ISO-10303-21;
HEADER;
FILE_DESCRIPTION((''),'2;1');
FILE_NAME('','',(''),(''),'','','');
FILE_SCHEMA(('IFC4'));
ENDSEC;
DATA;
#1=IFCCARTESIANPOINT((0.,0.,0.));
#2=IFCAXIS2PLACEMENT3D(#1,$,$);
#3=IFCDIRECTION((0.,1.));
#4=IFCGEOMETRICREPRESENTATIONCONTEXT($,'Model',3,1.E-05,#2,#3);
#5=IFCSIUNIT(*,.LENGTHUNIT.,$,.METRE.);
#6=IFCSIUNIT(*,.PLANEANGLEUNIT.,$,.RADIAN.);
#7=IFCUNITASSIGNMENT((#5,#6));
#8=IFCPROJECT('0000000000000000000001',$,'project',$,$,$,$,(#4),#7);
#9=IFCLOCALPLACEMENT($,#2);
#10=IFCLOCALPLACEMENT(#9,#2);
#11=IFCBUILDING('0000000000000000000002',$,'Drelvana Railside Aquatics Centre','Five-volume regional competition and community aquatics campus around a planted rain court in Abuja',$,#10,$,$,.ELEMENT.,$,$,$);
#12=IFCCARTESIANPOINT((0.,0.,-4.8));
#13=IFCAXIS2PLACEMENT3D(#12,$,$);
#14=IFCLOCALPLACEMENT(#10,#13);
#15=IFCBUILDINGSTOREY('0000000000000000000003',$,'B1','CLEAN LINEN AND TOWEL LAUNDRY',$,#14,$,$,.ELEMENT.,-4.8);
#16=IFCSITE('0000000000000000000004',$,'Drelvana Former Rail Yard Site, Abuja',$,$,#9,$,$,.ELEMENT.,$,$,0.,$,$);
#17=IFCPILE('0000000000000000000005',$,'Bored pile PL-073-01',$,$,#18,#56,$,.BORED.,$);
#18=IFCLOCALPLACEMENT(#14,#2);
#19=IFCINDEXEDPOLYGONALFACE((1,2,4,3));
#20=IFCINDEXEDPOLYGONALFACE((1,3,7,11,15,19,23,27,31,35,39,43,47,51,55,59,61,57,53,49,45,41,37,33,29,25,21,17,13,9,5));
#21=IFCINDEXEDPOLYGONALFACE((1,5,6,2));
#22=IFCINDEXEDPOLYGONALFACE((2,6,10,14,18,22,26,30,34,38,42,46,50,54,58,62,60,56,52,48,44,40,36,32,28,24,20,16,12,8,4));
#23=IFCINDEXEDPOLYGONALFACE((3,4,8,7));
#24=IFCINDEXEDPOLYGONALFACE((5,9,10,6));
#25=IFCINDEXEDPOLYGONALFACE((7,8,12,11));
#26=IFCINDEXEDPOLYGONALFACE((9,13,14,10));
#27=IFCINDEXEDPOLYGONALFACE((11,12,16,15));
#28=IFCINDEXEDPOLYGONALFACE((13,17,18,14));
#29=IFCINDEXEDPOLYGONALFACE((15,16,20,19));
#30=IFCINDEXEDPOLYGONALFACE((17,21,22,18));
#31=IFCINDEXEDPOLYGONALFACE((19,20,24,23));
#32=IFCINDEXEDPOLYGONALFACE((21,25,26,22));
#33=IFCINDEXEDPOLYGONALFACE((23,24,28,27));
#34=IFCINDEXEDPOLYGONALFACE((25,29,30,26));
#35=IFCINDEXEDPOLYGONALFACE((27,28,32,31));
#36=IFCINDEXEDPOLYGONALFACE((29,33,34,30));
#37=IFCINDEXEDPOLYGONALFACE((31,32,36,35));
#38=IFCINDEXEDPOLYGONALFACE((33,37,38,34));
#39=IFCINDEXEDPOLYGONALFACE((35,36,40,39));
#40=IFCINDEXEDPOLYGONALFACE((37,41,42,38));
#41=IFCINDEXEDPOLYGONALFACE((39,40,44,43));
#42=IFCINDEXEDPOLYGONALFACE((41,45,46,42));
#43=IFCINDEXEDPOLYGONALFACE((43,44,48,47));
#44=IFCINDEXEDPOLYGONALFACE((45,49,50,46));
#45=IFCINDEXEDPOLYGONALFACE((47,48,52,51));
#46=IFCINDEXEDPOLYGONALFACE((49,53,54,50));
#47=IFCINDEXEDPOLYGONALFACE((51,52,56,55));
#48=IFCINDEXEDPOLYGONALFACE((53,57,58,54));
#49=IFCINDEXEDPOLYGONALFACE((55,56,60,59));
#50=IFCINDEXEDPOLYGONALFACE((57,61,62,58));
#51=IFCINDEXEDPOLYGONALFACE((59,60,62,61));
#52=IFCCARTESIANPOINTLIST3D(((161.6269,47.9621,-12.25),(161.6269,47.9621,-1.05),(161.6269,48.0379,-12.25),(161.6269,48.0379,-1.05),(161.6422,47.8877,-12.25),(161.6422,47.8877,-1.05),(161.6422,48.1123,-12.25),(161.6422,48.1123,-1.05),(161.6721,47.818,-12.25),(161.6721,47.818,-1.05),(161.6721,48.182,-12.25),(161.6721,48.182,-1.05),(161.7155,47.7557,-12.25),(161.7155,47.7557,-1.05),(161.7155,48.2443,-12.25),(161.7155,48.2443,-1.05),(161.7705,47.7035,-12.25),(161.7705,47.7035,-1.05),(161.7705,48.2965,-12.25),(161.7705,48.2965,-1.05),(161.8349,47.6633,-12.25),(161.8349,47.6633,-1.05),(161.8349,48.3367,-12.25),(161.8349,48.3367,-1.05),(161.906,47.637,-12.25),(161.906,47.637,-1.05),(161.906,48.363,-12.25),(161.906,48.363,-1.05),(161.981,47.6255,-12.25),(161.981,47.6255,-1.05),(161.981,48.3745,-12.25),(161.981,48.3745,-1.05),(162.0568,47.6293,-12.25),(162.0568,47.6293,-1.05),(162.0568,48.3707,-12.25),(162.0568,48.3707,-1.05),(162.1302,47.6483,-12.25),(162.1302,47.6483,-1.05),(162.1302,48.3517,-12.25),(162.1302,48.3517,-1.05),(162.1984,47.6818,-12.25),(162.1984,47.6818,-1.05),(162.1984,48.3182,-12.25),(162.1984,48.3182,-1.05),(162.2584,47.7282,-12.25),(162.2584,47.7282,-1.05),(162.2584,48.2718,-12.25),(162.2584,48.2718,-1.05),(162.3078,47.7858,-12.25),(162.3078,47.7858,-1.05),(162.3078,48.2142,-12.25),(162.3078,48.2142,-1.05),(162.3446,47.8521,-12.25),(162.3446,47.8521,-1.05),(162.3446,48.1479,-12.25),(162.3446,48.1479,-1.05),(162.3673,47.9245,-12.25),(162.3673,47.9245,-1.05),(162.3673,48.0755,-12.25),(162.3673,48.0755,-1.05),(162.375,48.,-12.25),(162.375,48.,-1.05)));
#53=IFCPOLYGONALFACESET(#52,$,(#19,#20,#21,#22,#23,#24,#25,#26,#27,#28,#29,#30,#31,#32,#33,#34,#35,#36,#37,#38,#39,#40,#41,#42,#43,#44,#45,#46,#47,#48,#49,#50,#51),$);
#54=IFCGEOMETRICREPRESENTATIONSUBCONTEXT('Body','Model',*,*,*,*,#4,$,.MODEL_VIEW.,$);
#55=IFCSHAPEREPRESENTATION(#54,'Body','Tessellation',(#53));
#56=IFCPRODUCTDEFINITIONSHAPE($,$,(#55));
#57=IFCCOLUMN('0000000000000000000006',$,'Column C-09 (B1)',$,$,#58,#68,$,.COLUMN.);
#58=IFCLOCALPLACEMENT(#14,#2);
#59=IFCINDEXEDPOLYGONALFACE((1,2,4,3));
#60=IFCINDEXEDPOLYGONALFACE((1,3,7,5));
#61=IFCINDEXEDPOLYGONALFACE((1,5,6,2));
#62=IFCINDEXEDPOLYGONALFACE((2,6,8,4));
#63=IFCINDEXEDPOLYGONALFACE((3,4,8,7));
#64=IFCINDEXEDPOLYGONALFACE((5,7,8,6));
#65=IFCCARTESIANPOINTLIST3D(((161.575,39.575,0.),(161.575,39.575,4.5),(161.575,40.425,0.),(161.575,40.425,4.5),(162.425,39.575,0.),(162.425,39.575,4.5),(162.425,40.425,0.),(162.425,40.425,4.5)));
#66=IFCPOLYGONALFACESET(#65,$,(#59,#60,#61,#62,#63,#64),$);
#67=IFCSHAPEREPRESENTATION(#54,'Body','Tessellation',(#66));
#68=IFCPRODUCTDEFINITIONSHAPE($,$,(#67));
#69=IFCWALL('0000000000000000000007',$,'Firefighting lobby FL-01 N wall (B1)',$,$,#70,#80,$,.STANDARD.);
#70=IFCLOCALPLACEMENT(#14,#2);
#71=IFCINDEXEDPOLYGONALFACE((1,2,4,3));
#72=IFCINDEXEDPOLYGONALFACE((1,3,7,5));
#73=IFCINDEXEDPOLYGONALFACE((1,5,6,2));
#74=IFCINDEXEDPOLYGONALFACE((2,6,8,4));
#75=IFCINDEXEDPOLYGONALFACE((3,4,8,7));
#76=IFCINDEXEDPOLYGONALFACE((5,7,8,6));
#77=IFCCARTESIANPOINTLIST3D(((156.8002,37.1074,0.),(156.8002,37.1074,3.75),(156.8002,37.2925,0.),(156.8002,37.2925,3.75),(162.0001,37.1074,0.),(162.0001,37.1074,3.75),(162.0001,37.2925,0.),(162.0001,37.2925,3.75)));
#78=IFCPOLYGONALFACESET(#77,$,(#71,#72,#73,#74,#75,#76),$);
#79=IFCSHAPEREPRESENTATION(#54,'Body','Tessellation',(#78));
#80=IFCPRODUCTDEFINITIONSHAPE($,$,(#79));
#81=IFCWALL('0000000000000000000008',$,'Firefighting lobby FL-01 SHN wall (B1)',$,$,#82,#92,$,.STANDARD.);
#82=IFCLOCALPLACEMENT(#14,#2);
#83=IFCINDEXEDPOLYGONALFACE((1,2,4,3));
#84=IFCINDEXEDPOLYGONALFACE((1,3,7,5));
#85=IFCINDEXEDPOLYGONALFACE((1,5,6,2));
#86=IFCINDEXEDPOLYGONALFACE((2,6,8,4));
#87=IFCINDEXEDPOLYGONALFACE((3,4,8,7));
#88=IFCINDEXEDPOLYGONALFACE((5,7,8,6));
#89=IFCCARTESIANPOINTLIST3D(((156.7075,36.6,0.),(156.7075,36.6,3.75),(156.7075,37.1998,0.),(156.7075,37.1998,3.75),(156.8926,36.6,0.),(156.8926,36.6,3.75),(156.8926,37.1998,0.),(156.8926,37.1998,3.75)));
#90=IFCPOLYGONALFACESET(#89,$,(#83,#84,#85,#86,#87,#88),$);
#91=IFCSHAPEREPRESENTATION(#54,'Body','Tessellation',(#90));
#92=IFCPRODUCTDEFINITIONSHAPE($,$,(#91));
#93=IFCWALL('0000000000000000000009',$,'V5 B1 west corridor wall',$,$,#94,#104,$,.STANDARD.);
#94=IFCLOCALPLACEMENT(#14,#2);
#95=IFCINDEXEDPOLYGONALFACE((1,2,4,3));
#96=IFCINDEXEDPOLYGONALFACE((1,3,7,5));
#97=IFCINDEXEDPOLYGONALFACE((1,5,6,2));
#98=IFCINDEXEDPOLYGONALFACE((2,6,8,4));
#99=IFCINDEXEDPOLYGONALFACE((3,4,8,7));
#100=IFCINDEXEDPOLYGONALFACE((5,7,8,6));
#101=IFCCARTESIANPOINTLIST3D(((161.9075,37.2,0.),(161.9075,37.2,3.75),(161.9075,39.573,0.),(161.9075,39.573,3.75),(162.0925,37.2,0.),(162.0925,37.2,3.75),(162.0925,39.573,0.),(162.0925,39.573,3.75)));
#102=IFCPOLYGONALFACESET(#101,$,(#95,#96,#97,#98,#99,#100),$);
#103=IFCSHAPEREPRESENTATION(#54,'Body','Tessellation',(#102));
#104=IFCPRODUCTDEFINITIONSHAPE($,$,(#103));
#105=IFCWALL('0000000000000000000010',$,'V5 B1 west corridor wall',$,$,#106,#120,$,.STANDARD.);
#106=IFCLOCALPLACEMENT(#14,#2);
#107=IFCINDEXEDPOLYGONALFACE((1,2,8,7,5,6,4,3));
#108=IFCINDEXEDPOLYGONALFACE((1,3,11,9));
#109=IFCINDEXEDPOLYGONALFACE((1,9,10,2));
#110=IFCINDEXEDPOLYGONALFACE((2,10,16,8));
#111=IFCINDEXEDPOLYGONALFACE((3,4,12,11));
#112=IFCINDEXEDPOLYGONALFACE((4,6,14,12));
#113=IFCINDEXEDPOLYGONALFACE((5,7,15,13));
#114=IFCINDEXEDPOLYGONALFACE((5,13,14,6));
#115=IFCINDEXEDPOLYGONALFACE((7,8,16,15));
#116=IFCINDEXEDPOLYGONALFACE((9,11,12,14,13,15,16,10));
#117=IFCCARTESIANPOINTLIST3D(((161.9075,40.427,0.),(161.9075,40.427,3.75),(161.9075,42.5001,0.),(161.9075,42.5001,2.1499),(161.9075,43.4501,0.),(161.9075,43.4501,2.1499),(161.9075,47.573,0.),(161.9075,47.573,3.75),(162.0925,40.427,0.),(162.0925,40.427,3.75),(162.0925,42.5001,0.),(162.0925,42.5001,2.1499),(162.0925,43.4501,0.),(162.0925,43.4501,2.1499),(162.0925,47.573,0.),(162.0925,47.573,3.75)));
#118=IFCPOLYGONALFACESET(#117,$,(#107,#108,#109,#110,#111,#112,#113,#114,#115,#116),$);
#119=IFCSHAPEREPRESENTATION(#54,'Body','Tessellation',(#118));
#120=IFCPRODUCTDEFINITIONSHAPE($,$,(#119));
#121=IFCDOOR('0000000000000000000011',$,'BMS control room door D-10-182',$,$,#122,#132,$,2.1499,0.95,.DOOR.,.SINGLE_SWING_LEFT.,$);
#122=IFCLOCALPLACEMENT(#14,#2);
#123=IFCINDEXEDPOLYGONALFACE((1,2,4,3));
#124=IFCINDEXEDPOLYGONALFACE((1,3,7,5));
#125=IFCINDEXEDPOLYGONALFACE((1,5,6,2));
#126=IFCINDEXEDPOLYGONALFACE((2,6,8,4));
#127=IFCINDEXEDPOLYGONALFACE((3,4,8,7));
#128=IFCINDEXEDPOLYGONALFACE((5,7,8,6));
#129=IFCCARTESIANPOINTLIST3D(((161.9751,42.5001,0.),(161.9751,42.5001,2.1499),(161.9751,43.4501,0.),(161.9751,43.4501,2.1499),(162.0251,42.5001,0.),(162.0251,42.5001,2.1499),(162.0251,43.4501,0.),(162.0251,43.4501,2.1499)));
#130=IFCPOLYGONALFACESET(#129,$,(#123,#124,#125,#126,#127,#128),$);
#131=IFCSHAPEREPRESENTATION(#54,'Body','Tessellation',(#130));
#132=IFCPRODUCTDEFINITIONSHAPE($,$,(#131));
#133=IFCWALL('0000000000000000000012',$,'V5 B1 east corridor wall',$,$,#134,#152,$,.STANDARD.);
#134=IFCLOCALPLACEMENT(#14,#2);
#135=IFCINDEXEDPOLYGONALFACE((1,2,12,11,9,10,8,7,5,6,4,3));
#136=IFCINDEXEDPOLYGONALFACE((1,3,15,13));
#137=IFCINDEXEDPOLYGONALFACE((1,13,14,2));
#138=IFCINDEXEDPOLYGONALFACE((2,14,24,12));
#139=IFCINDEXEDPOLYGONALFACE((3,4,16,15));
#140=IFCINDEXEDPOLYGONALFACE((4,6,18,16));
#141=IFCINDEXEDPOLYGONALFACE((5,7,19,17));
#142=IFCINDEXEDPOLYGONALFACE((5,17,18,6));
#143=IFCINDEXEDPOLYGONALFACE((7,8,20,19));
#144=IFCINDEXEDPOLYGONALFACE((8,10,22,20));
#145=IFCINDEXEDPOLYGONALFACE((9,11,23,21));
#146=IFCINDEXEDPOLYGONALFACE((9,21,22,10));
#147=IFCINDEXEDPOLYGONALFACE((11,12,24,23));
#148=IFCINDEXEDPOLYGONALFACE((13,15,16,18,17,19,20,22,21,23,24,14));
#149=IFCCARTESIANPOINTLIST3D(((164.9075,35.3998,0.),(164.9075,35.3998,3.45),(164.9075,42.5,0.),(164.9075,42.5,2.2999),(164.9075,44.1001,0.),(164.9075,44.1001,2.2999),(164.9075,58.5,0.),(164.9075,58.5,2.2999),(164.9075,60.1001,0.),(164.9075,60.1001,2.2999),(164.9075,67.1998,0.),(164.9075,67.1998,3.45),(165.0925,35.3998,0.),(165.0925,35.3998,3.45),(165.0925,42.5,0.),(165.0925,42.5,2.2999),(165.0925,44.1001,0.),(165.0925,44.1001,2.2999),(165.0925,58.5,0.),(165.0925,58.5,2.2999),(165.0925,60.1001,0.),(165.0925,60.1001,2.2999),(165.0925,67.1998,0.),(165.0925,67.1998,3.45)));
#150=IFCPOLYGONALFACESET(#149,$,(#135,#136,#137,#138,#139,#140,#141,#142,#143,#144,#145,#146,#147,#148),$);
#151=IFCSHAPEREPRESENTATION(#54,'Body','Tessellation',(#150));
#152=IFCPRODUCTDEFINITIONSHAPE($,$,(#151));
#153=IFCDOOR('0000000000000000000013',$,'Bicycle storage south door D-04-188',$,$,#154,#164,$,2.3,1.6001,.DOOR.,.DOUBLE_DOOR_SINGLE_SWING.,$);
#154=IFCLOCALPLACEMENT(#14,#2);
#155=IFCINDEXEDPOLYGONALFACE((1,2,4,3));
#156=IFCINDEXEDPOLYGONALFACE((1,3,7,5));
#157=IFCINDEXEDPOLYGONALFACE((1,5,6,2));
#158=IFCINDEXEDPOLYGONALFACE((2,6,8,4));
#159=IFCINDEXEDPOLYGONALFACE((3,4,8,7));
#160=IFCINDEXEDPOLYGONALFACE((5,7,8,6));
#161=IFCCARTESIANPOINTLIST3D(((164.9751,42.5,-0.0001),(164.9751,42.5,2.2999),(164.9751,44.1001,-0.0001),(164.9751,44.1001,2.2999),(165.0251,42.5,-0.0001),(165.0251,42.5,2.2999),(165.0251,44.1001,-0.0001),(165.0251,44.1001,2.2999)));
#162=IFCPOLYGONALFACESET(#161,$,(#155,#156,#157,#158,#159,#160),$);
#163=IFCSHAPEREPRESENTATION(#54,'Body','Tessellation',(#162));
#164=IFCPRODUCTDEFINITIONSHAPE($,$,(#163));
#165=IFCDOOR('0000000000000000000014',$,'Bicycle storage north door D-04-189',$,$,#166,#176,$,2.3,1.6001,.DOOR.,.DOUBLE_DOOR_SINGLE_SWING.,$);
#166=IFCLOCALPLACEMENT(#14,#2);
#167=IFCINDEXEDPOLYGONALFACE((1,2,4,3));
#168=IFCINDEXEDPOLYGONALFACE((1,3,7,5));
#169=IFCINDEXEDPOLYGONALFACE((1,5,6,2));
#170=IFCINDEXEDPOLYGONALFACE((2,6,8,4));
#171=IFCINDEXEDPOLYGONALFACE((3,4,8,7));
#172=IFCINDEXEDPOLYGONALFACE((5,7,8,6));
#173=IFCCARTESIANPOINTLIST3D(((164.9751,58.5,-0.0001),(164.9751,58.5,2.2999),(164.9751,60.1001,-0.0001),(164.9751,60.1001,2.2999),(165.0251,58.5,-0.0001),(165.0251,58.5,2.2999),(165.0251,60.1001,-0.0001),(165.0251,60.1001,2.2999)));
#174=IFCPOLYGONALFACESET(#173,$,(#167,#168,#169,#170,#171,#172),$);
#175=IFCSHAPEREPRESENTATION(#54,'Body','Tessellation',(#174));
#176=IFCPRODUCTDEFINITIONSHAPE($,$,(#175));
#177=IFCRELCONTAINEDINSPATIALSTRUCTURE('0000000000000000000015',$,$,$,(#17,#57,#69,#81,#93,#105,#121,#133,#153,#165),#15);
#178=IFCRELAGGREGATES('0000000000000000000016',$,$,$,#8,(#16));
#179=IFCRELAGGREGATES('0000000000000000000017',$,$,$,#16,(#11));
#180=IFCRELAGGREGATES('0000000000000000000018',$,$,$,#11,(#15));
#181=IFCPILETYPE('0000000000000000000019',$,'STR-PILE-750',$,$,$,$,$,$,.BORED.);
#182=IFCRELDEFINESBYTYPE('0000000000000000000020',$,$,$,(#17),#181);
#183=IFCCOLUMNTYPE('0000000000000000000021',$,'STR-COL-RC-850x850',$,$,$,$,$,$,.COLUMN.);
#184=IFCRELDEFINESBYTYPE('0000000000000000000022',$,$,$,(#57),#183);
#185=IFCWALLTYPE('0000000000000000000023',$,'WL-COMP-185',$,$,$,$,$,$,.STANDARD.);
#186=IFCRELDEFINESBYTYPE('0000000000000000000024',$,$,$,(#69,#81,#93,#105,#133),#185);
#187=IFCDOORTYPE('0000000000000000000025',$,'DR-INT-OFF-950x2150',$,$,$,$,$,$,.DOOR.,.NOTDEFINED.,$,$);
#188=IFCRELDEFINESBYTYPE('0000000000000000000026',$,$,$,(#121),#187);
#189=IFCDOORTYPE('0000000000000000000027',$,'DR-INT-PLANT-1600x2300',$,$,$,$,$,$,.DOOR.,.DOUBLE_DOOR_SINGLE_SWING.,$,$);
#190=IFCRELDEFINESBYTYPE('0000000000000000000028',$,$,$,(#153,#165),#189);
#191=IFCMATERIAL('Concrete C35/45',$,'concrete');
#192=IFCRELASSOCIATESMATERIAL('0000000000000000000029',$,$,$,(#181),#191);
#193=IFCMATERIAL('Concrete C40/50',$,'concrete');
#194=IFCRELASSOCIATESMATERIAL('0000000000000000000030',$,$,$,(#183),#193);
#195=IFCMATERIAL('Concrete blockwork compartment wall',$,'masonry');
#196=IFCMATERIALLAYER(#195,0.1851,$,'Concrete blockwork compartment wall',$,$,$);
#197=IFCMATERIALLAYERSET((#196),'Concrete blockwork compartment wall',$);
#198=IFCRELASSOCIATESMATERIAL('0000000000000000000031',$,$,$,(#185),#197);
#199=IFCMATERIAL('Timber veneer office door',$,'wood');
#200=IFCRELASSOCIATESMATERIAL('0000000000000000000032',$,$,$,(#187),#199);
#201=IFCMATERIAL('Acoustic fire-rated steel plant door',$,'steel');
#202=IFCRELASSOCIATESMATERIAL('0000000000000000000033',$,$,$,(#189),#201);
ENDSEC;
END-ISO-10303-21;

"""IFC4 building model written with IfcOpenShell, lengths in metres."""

from ifc_helpers import new_model, si_unit, direction, frame, frame_2d, origin, origin_2d, place, context, subcontext, project, spatial, rectangle, circle, extrude, material, layer, layer_set, material_profile, profile_set, type_object, element, fill, save


model = new_model("IFC4")

# Units and contexts
model_context = context("Model", 3, precision=1e-05, world=origin(), true_north=direction((0.0, 1.0)))
body_context = subcontext(model_context, "Body", "Model", "MODEL_VIEW")
ifc_project = project(units=[si_unit("LENGTHUNIT", "METRE"), si_unit("PLANEANGLEUNIT", "RADIAN")], contexts=[model_context])

# Site, building, storey
site_placement = place(None, origin())
site = spatial("IfcSite", under=ifc_project, at=site_placement, Name="Drelvana Former Rail Yard Site, Abuja", CompositionType="ELEMENT", RefElevation=0.0)
building_placement = place(site_placement, origin())
building = spatial("IfcBuilding", under=site, at=building_placement, Name="Drelvana Railside Aquatics Centre", Description="Five-volume regional competition and community aquatics campus around a planted rain court in Abuja", CompositionType="ELEMENT")
storey_placement = place(building_placement, frame((0.0, 0.0, -4.8)))
storey = spatial("IfcBuildingStorey", under=building, at=storey_placement, Name="B1", Description="CLEAN LINEN AND TOWEL LAUNDRY", CompositionType="ELEMENT", Elevation=-4.8)

# Shared definitions
ifc_material_1 = material(Name="Concrete C35/45", Category="concrete")

# Pile
ifc_material_profile_1 = material_profile(ifc_material_1, circle(Radius=0.375, at=origin_2d()), Name="PILE D750")
ifc_profile_set_1 = profile_set([ifc_material_profile_1], Name="Concrete C35/45")
pile_type_1 = type_object("IfcPileType", Name="STR-PILE-750", PredefinedType="BORED", material=ifc_profile_set_1)
for number, where, z_axis, x_axis, name in (
    (1, (162.0, 48.0, -1.05), (0.0, 0.0, -1.0), (1.0, 0.0, 0.0), "Bored pile PL-073-01"),
):
    element("IfcPile", number, at=place(storey_placement, frame(where, z_axis=z_axis, x_axis=x_axis)), inside=storey, type_object=pile_type_1, Name=name, PredefinedType="BORED", context=body_context, shape_type="SweptSolid", body=[
        extrude(circle(Radius=0.375, at=origin_2d()), origin(), (0.0, 0.0, 1.0), 11.2),
    ])

# Column
ifc_material_2 = material(Name="Concrete C40/50", Category="concrete")
ifc_material_profile_2 = material_profile(ifc_material_2, rectangle(XDim=0.8501, YDim=0.8501, at=origin_2d()), Name="RC 850x850")
ifc_profile_set_2 = profile_set([ifc_material_profile_2], Name="Concrete C40/50")
column_type = type_object("IfcColumnType", Name="STR-COL-RC-850x850", PredefinedType="COLUMN", material=ifc_profile_set_2)
column_placement = place(storey_placement, frame((162.0, 40.0, 0.0), z_axis=(0.0, 0.0, 1.0), x_axis=(1.0, 0.0, 0.0)))
element("IfcColumn", 2, at=column_placement, inside=storey, type_object=column_type, Name="Column C-09 (B1)", PredefinedType="COLUMN", context=body_context, shape_type="SweptSolid", body=[
    extrude(rectangle(XDim=0.8501, YDim=0.8501, at=origin_2d()), origin(), (0.0, 0.0, 1.0), 4.5),
])

# Walls
ifc_material_3 = material(Name="Concrete blockwork compartment wall", Category="masonry")
ifc_layer_1 = layer(ifc_material_3, 0.1851, Name="Concrete blockwork compartment wall")
ifc_layer_set_1 = layer_set([ifc_layer_1], Name="Concrete blockwork compartment wall")
wall_type_1 = type_object("IfcWallType", Name="WL-COMP-185", PredefinedType="STANDARD", material=ifc_layer_set_1)
wall_1_placement = place(storey_placement, frame((156.8, 37.2, 0.0), z_axis=(0.0, 0.0, 1.0), x_axis=(1.0, 0.0, 0.0)))
element("IfcWall", 3, at=wall_1_placement, inside=storey, type_object=wall_type_1, Name="Firefighting lobby FL-01 N wall (B1)", PredefinedType="STANDARD", context=body_context, shape_type="SweptSolid", body=[
    extrude(rectangle(XDim=5.2, YDim=0.1851, at=frame_2d((2.6001, 0.0))), origin(), (0.0, 0.0, 1.0), 3.75),
])
wall_2_placement = place(storey_placement, frame((156.8, 36.6001, 0.0), z_axis=(0.0, 0.0, 1.0), x_axis=(0.0, 1.0, 0.0)))
element("IfcWall", 4, at=wall_2_placement, inside=storey, type_object=wall_type_1, Name="Firefighting lobby FL-01 SHN wall (B1)", PredefinedType="STANDARD", context=body_context, shape_type="SweptSolid", body=[
    extrude(rectangle(XDim=0.5999, YDim=0.1851, at=frame_2d((0.2998, 0.0))), origin(), (0.0, 0.0, 1.0), 3.75),
])
wall_3_placement = place(storey_placement, frame((162.0, 37.2, 0.0), z_axis=(0.0, 0.0, 1.0), x_axis=(0.0, 1.0, 0.0)))
element("IfcWall", 5, at=wall_3_placement, inside=storey, type_object=wall_type_1, Name="V5 B1 west corridor wall", PredefinedType="STANDARD", context=body_context, shape_type="SweptSolid", body=[
    extrude(rectangle(XDim=2.373, YDim=0.1851, at=frame_2d((1.1865, 0.0))), origin(), (0.0, 0.0, 1.0), 3.75),
])

# Wall, opening, door
wall_4_placement = place(storey_placement, frame((162.0, 40.427, 0.0), z_axis=(0.0, 0.0, 1.0), x_axis=(0.0, 1.0, 0.0)))
wall_4 = element("IfcWall", 6, at=wall_4_placement, inside=storey, type_object=wall_type_1, Name="V5 B1 west corridor wall", PredefinedType="STANDARD", context=body_context, shape_type="SweptSolid", body=[
    extrude(rectangle(XDim=7.146, YDim=0.1851, at=frame_2d((3.573, 0.0))), origin(), (0.0, 0.0, 1.0), 3.75),
])
opening_1_placement = place(wall_4_placement, frame((2.073, 0.0, 0.0)))
opening_1 = element("IfcOpeningElement", 7, at=opening_1_placement, cuts=wall_4, PredefinedType="OPENING", context=body_context, shape_type="SweptSolid", body=[
    extrude(rectangle(XDim=0.95, YDim=2.1499, at=frame_2d((0.4751, 1.075))), frame((0.0, 0.1025, 0.0), z_axis=(0.0, -1.0, 0.0), x_axis=(1.0, 0.0, 0.0)), (0.0, 0.0, 1.0), 0.2051),
])
ifc_material_4 = material(Name="Timber veneer office door", Category="wood")
door_type_1 = type_object("IfcDoorType", Name="DR-INT-OFF-950x2150", OperationType="NOTDEFINED", PredefinedType="DOOR", material=ifc_material_4)
door_1_placement = place(opening_1_placement, origin())
door_1 = element("IfcDoor", 8, at=door_1_placement, inside=storey, type_object=door_type_1, Name="BMS control room door D-10-182", OperationType="SINGLE_SWING_LEFT", OverallHeight=2.1499, OverallWidth=0.95, PredefinedType="DOOR", context=body_context, shape_type="SweptSolid", body=[
    extrude(rectangle(XDim=0.95, YDim=2.1499, at=frame_2d((0.4751, 1.075))), frame((0.0, 0.0249, 0.0), z_axis=(0.0, -1.0, 0.0), x_axis=(1.0, 0.0, 0.0)), (0.0, 0.0, 1.0), 0.05),
])
fill(opening_1, door_1)

# Wall, openings, doors
wall_5_placement = place(storey_placement, frame((165.0, 35.3999, 0.0), z_axis=(0.0, 0.0, 1.0), x_axis=(0.0, 1.0, 0.0)))
wall_5 = element("IfcWall", 9, at=wall_5_placement, inside=storey, type_object=wall_type_1, Name="V5 B1 east corridor wall", PredefinedType="STANDARD", context=body_context, shape_type="SweptSolid", body=[
    extrude(rectangle(XDim=31.8, YDim=0.1851, at=frame_2d((15.8999, 0.0))), origin(), (0.0, 0.0, 1.0), 3.45),
])
opening_2_placement = place(wall_5_placement, frame((7.1001, 0.0, 0.0)))
opening_2 = element("IfcOpeningElement", 10, at=opening_2_placement, cuts=wall_5, PredefinedType="OPENING", context=body_context, shape_type="SweptSolid", body=[
    extrude(rectangle(XDim=1.6001, YDim=2.3, at=frame_2d((0.8, 1.1499))), frame((0.0, 0.1025, 0.0), z_axis=(0.0, -1.0, 0.0), x_axis=(1.0, 0.0, 0.0)), (0.0, 0.0, 1.0), 0.2051),
])
opening_3_placement = place(wall_5_placement, frame((23.1001, 0.0, 0.0)))
opening_3 = element("IfcOpeningElement", 11, at=opening_3_placement, cuts=wall_5, PredefinedType="OPENING", context=body_context, shape_type="SweptSolid", body=[
    extrude(rectangle(XDim=1.6001, YDim=2.3, at=frame_2d((0.8, 1.1499))), frame((0.0, 0.1025, 0.0), z_axis=(0.0, -1.0, 0.0), x_axis=(1.0, 0.0, 0.0)), (0.0, 0.0, 1.0), 0.2051),
])
ifc_material_5 = material(Name="Acoustic fire-rated steel plant door", Category="steel")
door_type_2 = type_object("IfcDoorType", Name="DR-INT-PLANT-1600x2300", OperationType="DOUBLE_DOOR_SINGLE_SWING", PredefinedType="DOOR", material=ifc_material_5)
door_2_placement = place(opening_2_placement, origin())
door_2 = element("IfcDoor", 12, at=door_2_placement, inside=storey, type_object=door_type_2, Name="Bicycle storage south door D-04-188", OperationType="DOUBLE_DOOR_SINGLE_SWING", OverallHeight=2.3, OverallWidth=1.6001, PredefinedType="DOOR", context=body_context, shape_type="SweptSolid", body=[
    extrude(rectangle(XDim=1.6001, YDim=2.3, at=frame_2d((0.8, 1.1499))), frame((0.0, 0.0249, 0.0), z_axis=(0.0, -1.0, 0.0), x_axis=(1.0, 0.0, 0.0)), (0.0, 0.0, 1.0), 0.05),
])
fill(opening_2, door_2)
door_3_placement = place(opening_3_placement, origin())
door_3 = element("IfcDoor", 13, at=door_3_placement, inside=storey, type_object=door_type_2, Name="Bicycle storage north door D-04-189", OperationType="DOUBLE_DOOR_SINGLE_SWING", OverallHeight=2.3, OverallWidth=1.6001, PredefinedType="DOOR", context=body_context, shape_type="SweptSolid", body=[
    extrude(rectangle(XDim=1.6001, YDim=2.3, at=frame_2d((0.8, 1.1499))), frame((0.0, 0.0249, 0.0), z_axis=(0.0, -1.0, 0.0), x_axis=(1.0, 0.0, 0.0)), (0.0, 0.0, 1.0), 0.05),
])
fill(opening_3, door_3)

save(model, "model.ifc")
